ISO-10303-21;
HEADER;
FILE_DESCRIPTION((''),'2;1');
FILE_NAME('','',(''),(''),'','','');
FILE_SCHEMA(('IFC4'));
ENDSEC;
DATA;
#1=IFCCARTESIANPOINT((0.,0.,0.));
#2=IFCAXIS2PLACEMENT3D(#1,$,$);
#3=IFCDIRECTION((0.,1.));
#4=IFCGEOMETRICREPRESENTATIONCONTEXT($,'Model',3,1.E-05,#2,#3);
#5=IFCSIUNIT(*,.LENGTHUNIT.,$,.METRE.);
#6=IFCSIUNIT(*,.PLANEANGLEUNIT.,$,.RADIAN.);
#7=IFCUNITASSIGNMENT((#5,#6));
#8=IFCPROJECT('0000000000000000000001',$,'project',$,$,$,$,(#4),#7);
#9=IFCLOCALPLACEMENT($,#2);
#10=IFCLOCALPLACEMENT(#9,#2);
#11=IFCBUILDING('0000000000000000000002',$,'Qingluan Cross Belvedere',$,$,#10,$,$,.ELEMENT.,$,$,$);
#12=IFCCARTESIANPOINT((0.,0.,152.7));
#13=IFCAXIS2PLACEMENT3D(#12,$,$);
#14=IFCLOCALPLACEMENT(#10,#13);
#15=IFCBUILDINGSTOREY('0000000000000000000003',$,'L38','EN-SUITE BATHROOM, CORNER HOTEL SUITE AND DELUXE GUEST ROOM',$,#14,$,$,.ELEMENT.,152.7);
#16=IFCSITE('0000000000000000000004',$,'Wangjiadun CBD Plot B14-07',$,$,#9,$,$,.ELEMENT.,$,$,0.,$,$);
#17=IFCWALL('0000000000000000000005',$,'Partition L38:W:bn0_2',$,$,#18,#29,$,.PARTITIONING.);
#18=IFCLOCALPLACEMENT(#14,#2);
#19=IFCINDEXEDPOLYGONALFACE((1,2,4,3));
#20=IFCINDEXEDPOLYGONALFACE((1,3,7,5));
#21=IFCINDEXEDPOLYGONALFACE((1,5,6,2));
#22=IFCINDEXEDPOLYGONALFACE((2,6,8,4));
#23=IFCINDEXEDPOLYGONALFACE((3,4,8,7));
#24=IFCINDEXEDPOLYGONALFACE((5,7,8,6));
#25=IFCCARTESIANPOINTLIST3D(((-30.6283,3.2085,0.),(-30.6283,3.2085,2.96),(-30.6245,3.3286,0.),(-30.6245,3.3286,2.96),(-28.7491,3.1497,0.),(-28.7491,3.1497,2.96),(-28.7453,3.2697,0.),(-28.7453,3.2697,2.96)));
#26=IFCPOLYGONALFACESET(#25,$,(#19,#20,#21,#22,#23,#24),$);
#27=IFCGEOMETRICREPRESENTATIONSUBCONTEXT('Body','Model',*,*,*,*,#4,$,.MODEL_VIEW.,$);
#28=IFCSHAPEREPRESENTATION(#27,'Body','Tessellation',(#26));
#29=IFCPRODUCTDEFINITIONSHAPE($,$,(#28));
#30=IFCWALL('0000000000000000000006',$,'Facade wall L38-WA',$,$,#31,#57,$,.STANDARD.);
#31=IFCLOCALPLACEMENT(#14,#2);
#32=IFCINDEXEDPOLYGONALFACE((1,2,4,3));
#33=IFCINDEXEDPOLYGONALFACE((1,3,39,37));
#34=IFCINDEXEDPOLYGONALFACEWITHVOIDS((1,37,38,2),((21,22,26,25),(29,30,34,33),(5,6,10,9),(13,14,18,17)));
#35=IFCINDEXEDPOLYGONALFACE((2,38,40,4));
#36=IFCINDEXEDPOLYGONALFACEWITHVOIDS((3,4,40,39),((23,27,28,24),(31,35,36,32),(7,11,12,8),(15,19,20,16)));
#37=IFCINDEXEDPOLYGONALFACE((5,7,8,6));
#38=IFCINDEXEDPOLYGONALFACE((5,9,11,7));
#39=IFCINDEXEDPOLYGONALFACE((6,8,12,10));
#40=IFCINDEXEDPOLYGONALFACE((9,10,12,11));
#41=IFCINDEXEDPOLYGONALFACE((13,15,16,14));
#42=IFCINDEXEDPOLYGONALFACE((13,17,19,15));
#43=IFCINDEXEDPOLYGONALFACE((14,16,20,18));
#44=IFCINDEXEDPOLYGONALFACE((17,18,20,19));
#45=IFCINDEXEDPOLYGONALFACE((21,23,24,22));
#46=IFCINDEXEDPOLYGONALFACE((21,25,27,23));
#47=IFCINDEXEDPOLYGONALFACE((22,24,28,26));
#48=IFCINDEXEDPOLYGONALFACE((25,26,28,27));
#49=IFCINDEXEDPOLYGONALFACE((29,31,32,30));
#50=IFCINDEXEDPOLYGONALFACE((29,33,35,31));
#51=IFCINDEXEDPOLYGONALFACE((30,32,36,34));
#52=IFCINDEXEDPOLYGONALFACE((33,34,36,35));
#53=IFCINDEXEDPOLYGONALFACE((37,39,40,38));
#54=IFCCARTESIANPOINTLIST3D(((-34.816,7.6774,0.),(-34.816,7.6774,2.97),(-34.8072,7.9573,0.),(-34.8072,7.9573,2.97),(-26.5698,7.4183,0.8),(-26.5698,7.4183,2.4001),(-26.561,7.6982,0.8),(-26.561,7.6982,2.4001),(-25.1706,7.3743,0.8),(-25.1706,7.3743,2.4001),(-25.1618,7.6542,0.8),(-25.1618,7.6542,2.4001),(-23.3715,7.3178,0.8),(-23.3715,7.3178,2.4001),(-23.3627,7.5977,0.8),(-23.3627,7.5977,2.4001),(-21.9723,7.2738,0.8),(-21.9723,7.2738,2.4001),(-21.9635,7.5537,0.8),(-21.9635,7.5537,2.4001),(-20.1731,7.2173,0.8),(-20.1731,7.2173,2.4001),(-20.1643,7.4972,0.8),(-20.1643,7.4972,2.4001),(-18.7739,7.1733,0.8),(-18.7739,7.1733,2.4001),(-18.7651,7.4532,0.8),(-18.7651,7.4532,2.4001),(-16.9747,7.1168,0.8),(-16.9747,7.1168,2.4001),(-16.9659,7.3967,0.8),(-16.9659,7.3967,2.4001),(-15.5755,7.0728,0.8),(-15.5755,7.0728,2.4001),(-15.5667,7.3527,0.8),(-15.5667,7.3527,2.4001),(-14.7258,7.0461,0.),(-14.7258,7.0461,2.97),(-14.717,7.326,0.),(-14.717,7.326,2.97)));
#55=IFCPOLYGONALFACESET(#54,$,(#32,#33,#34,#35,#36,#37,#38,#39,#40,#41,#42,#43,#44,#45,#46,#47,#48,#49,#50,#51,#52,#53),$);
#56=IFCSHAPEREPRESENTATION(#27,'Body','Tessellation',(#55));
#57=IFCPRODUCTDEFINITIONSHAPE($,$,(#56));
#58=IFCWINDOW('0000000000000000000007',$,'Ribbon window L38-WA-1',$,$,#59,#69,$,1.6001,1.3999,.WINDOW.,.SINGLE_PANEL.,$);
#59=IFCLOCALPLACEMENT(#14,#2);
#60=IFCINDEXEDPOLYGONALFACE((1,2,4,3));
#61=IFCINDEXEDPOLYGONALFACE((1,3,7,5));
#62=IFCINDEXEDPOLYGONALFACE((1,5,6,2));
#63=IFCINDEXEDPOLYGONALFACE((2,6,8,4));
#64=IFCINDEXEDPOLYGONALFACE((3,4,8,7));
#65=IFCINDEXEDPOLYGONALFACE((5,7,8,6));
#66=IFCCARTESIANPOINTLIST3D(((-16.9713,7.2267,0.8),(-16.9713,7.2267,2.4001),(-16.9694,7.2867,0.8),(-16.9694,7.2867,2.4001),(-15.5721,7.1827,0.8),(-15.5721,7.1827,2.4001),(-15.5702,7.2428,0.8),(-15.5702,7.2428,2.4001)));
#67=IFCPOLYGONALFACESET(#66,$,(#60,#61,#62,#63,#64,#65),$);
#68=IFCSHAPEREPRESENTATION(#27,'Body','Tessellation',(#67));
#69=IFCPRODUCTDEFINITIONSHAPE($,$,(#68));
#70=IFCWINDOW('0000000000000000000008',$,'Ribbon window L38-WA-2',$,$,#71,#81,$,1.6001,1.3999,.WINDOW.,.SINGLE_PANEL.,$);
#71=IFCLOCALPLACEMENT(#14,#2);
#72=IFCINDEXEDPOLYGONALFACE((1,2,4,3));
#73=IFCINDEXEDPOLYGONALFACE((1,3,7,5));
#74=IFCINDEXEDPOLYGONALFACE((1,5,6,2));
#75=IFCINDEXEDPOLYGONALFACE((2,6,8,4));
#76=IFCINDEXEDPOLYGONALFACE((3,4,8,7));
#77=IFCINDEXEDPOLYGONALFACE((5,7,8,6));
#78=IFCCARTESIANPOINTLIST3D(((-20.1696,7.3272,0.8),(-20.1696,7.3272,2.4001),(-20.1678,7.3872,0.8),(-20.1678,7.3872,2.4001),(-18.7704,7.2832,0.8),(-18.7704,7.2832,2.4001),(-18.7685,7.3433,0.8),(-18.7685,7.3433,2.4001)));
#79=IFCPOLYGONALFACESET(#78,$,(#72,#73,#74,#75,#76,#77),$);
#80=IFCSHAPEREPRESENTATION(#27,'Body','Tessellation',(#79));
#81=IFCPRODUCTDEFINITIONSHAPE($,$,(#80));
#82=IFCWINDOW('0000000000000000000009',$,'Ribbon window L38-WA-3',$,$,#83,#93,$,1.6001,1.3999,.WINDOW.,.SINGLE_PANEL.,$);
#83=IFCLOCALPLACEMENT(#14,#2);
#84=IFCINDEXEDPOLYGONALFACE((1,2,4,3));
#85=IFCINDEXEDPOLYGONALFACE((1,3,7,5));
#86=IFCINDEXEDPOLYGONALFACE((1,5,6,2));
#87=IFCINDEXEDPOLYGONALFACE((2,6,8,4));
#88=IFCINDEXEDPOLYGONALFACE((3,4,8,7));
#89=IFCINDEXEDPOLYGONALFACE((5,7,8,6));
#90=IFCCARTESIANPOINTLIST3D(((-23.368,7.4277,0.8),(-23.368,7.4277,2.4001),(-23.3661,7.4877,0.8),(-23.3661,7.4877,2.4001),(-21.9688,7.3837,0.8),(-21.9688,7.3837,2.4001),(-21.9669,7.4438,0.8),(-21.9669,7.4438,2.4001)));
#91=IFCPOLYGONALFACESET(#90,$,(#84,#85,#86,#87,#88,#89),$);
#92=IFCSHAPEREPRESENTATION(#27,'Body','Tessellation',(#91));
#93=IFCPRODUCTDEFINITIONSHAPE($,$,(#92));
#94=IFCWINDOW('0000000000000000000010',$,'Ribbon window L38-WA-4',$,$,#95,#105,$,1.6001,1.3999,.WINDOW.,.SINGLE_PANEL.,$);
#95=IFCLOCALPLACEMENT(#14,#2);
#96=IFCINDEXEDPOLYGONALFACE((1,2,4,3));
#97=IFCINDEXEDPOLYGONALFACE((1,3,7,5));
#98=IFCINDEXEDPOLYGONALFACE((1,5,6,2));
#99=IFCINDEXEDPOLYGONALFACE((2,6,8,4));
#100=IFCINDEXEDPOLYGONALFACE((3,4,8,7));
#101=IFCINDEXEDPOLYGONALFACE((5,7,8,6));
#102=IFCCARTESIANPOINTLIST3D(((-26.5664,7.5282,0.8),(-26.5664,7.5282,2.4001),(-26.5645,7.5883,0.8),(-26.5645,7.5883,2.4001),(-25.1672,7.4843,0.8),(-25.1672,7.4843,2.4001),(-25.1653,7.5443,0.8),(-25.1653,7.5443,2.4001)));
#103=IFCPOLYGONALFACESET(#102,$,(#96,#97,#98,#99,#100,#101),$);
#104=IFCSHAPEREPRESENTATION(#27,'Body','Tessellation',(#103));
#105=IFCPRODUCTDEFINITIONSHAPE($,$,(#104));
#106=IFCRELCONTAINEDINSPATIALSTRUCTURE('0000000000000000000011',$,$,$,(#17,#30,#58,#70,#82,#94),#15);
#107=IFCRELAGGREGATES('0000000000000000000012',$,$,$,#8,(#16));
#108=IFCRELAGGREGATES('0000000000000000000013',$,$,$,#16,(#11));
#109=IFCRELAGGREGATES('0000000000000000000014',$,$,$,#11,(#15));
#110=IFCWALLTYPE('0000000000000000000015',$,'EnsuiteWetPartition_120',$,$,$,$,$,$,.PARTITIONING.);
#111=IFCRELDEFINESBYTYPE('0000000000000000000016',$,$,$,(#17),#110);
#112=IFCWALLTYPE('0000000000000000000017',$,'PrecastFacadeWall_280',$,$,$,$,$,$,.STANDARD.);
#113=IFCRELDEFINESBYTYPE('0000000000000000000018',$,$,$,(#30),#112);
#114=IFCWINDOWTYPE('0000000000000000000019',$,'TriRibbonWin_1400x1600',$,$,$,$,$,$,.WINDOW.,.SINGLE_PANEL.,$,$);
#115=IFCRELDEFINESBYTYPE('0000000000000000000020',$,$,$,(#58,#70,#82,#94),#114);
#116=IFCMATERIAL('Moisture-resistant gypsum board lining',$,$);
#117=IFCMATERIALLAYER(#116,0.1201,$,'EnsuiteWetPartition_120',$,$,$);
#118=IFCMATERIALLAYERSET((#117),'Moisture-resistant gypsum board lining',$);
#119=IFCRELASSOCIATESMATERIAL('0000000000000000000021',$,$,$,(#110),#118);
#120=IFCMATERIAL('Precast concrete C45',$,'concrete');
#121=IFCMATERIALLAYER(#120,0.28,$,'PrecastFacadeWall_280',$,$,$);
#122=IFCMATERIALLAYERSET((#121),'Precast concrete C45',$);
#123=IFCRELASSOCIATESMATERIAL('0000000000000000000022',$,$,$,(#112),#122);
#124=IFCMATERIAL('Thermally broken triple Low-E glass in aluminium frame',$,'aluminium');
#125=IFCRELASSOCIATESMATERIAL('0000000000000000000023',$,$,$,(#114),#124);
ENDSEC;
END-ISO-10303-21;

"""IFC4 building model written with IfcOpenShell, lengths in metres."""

from ifc_helpers import new_model, si_unit, direction, frame, frame_2d, origin, place, context, subcontext, project, spatial, rectangle, extrude, material, layer, layer_set, type_object, element, fill, save


model = new_model("IFC4")

# Units and contexts
model_context = context("Model", 3, precision=1e-05, world=origin(), true_north=direction((0.0, 1.0)))
body_context = subcontext(model_context, "Body", "Model", "MODEL_VIEW")
ifc_project = project(units=[si_unit("LENGTHUNIT", "METRE"), si_unit("PLANEANGLEUNIT", "RADIAN")], contexts=[model_context])

# Site, building, storey
site_placement = place(None, origin())
site = spatial("IfcSite", under=ifc_project, at=site_placement, Name="Wangjiadun CBD Plot B14-07", CompositionType="ELEMENT", RefElevation=0.0)
building_placement = place(site_placement, origin())
building = spatial("IfcBuilding", under=site, at=building_placement, Name="Qingluan Cross Belvedere", CompositionType="ELEMENT")
storey_placement = place(building_placement, frame((0.0, 0.0, 152.7)))
storey = spatial("IfcBuildingStorey", under=building, at=storey_placement, Name="L38", Description="EN-SUITE BATHROOM, CORNER HOTEL SUITE AND DELUXE GUEST ROOM", CompositionType="ELEMENT", Elevation=152.7)

# Shared definitions
ifc_material_1 = material(Name="Moisture-resistant gypsum board lining")
ifc_layer_1 = layer(ifc_material_1, 0.1201, Name="EnsuiteWetPartition_120")
ifc_layer_set_1 = layer_set([ifc_layer_1], Name="Moisture-resistant gypsum board lining")
wall_type_1 = type_object("IfcWallType", Name="EnsuiteWetPartition_120", PredefinedType="PARTITIONING", material=ifc_layer_set_1)

# Wall
wall_1_placement = place(storey_placement, frame((-28.7473, 3.2097, 0.0), z_axis=(0.0, 0.0, 1.0), x_axis=(-0.99951, 0.031296, 0.0)))
element("IfcWall", 1, at=wall_1_placement, inside=storey, type_object=wall_type_1, Name="Partition L38:W:bn0_2", PredefinedType="PARTITIONING", context=body_context, shape_type="SweptSolid", body=[
    extrude(rectangle(XDim=1.8801, YDim=0.1201, at=frame_2d((0.9399, 0.0))), origin(), (0.0, 0.0, 1.0), 2.96),
])

# Wall, openings, windows
ifc_material_2 = material(Name="Precast concrete C45", Category="concrete")
ifc_layer_2 = layer(ifc_material_2, 0.28, Name="PrecastFacadeWall_280")
ifc_layer_set_2 = layer_set([ifc_layer_2], Name="Precast concrete C45")
wall_type_2 = type_object("IfcWallType", Name="PrecastFacadeWall_280", PredefinedType="STANDARD", material=ifc_layer_set_2)
wall_2_placement = place(storey_placement, frame((-14.7214, 7.186, 0.0), z_axis=(0.0, 0.0, 1.0), x_axis=(-0.999507, 0.03141, 0.0)))
wall_2 = element("IfcWall", 2, at=wall_2_placement, inside=storey, type_object=wall_type_2, Name="Facade wall L38-WA", PredefinedType="STANDARD", context=body_context, shape_type="SweptSolid", body=[
    extrude(rectangle(XDim=20.1001, YDim=0.28, at=frame_2d((10.05, 0.0))), origin(), (0.0, 0.0, 1.0), 2.97),
])
opening_1_placement = place(wall_2_placement, frame((0.8501, 0.0, 0.8)))
opening_1 = element("IfcOpeningElement", 3, at=opening_1_placement, cuts=wall_2, PredefinedType="OPENING", context=body_context, shape_type="SweptSolid", body=[
    extrude(rectangle(XDim=1.3999, YDim=1.6001, at=frame_2d((0.7, 0.8))), frame((0.0, 0.1499, 0.0), z_axis=(0.0, -1.0, 0.0), x_axis=(1.0, 0.0, 0.0)), (0.0, 0.0, 1.0), 0.3),
])
opening_2_placement = place(wall_2_placement, frame((4.05, 0.0, 0.8)))
opening_2 = element("IfcOpeningElement", 4, at=opening_2_placement, cuts=wall_2, PredefinedType="OPENING", context=body_context, shape_type="SweptSolid", body=[
    extrude(rectangle(XDim=1.3999, YDim=1.6001, at=frame_2d((0.7, 0.8))), frame((0.0, 0.1499, 0.0), z_axis=(0.0, -1.0, 0.0), x_axis=(1.0, 0.0, 0.0)), (0.0, 0.0, 1.0), 0.3),
])
opening_3_placement = place(wall_2_placement, frame((7.25, 0.0, 0.8)))
opening_3 = element("IfcOpeningElement", 5, at=opening_3_placement, cuts=wall_2, PredefinedType="OPENING", context=body_context, shape_type="SweptSolid", body=[
    extrude(rectangle(XDim=1.3999, YDim=1.6001, at=frame_2d((0.7, 0.8))), frame((0.0, 0.1499, 0.0), z_axis=(0.0, -1.0, 0.0), x_axis=(1.0, 0.0, 0.0)), (0.0, 0.0, 1.0), 0.3),
])
opening_4_placement = place(wall_2_placement, frame((10.45, 0.0, 0.8)))
opening_4 = element("IfcOpeningElement", 6, at=opening_4_placement, cuts=wall_2, PredefinedType="OPENING", context=body_context, shape_type="SweptSolid", body=[
    extrude(rectangle(XDim=1.3999, YDim=1.6001, at=frame_2d((0.7, 0.8))), frame((0.0, 0.1499, 0.0), z_axis=(0.0, -1.0, 0.0), x_axis=(1.0, 0.0, 0.0)), (0.0, 0.0, 1.0), 0.3),
])
ifc_material_3 = material(Name="Thermally broken triple Low-E glass in aluminium frame", Category="aluminium")
window_type = type_object("IfcWindowType", Name="TriRibbonWin_1400x1600", PartitioningType="SINGLE_PANEL", PredefinedType="WINDOW", material=ifc_material_3)
window_1_placement = place(opening_1_placement, origin())
window_1 = element("IfcWindow", 7, at=window_1_placement, inside=storey, type_object=window_type, Name="Ribbon window L38-WA-1", OverallHeight=1.6001, OverallWidth=1.3999, PartitioningType="SINGLE_PANEL", PredefinedType="WINDOW", context=body_context, shape_type="SweptSolid", body=[
    extrude(rectangle(XDim=1.3999, YDim=1.6001, at=frame_2d((0.7, 0.8))), frame((0.0, 0.03, 0.0), z_axis=(0.0, -1.0, 0.0), x_axis=(1.0, 0.0, 0.0)), (0.0, 0.0, 1.0), 0.0601),
])
fill(opening_1, window_1)
window_2_placement = place(opening_2_placement, origin())
window_2 = element("IfcWindow", 8, at=window_2_placement, inside=storey, type_object=window_type, Name="Ribbon window L38-WA-2", OverallHeight=1.6001, OverallWidth=1.3999, PartitioningType="SINGLE_PANEL", PredefinedType="WINDOW", context=body_context, shape_type="SweptSolid", body=[
    extrude(rectangle(XDim=1.3999, YDim=1.6001, at=frame_2d((0.7, 0.8))), frame((0.0, 0.03, 0.0), z_axis=(0.0, -1.0, 0.0), x_axis=(1.0, 0.0, 0.0)), (0.0, 0.0, 1.0), 0.0601),
])
fill(opening_2, window_2)
window_3_placement = place(opening_3_placement, origin())
window_3 = element("IfcWindow", 9, at=window_3_placement, inside=storey, type_object=window_type, Name="Ribbon window L38-WA-3", OverallHeight=1.6001, OverallWidth=1.3999, PartitioningType="SINGLE_PANEL", PredefinedType="WINDOW", context=body_context, shape_type="SweptSolid", body=[
    extrude(rectangle(XDim=1.3999, YDim=1.6001, at=frame_2d((0.7, 0.8))), frame((0.0, 0.03, 0.0), z_axis=(0.0, -1.0, 0.0), x_axis=(1.0, 0.0, 0.0)), (0.0, 0.0, 1.0), 0.0601),
])
fill(opening_3, window_3)
window_4_placement = place(opening_4_placement, origin())
window_4 = element("IfcWindow", 10, at=window_4_placement, inside=storey, type_object=window_type, Name="Ribbon window L38-WA-4", OverallHeight=1.6001, OverallWidth=1.3999, PartitioningType="SINGLE_PANEL", PredefinedType="WINDOW", context=body_context, shape_type="SweptSolid", body=[
    extrude(rectangle(XDim=1.3999, YDim=1.6001, at=frame_2d((0.7, 0.8))), frame((0.0, 0.03, 0.0), z_axis=(0.0, -1.0, 0.0), x_axis=(1.0, 0.0, 0.0)), (0.0, 0.0, 1.0), 0.0601),
])
fill(opening_4, window_4)

save(model, "model.ifc")
